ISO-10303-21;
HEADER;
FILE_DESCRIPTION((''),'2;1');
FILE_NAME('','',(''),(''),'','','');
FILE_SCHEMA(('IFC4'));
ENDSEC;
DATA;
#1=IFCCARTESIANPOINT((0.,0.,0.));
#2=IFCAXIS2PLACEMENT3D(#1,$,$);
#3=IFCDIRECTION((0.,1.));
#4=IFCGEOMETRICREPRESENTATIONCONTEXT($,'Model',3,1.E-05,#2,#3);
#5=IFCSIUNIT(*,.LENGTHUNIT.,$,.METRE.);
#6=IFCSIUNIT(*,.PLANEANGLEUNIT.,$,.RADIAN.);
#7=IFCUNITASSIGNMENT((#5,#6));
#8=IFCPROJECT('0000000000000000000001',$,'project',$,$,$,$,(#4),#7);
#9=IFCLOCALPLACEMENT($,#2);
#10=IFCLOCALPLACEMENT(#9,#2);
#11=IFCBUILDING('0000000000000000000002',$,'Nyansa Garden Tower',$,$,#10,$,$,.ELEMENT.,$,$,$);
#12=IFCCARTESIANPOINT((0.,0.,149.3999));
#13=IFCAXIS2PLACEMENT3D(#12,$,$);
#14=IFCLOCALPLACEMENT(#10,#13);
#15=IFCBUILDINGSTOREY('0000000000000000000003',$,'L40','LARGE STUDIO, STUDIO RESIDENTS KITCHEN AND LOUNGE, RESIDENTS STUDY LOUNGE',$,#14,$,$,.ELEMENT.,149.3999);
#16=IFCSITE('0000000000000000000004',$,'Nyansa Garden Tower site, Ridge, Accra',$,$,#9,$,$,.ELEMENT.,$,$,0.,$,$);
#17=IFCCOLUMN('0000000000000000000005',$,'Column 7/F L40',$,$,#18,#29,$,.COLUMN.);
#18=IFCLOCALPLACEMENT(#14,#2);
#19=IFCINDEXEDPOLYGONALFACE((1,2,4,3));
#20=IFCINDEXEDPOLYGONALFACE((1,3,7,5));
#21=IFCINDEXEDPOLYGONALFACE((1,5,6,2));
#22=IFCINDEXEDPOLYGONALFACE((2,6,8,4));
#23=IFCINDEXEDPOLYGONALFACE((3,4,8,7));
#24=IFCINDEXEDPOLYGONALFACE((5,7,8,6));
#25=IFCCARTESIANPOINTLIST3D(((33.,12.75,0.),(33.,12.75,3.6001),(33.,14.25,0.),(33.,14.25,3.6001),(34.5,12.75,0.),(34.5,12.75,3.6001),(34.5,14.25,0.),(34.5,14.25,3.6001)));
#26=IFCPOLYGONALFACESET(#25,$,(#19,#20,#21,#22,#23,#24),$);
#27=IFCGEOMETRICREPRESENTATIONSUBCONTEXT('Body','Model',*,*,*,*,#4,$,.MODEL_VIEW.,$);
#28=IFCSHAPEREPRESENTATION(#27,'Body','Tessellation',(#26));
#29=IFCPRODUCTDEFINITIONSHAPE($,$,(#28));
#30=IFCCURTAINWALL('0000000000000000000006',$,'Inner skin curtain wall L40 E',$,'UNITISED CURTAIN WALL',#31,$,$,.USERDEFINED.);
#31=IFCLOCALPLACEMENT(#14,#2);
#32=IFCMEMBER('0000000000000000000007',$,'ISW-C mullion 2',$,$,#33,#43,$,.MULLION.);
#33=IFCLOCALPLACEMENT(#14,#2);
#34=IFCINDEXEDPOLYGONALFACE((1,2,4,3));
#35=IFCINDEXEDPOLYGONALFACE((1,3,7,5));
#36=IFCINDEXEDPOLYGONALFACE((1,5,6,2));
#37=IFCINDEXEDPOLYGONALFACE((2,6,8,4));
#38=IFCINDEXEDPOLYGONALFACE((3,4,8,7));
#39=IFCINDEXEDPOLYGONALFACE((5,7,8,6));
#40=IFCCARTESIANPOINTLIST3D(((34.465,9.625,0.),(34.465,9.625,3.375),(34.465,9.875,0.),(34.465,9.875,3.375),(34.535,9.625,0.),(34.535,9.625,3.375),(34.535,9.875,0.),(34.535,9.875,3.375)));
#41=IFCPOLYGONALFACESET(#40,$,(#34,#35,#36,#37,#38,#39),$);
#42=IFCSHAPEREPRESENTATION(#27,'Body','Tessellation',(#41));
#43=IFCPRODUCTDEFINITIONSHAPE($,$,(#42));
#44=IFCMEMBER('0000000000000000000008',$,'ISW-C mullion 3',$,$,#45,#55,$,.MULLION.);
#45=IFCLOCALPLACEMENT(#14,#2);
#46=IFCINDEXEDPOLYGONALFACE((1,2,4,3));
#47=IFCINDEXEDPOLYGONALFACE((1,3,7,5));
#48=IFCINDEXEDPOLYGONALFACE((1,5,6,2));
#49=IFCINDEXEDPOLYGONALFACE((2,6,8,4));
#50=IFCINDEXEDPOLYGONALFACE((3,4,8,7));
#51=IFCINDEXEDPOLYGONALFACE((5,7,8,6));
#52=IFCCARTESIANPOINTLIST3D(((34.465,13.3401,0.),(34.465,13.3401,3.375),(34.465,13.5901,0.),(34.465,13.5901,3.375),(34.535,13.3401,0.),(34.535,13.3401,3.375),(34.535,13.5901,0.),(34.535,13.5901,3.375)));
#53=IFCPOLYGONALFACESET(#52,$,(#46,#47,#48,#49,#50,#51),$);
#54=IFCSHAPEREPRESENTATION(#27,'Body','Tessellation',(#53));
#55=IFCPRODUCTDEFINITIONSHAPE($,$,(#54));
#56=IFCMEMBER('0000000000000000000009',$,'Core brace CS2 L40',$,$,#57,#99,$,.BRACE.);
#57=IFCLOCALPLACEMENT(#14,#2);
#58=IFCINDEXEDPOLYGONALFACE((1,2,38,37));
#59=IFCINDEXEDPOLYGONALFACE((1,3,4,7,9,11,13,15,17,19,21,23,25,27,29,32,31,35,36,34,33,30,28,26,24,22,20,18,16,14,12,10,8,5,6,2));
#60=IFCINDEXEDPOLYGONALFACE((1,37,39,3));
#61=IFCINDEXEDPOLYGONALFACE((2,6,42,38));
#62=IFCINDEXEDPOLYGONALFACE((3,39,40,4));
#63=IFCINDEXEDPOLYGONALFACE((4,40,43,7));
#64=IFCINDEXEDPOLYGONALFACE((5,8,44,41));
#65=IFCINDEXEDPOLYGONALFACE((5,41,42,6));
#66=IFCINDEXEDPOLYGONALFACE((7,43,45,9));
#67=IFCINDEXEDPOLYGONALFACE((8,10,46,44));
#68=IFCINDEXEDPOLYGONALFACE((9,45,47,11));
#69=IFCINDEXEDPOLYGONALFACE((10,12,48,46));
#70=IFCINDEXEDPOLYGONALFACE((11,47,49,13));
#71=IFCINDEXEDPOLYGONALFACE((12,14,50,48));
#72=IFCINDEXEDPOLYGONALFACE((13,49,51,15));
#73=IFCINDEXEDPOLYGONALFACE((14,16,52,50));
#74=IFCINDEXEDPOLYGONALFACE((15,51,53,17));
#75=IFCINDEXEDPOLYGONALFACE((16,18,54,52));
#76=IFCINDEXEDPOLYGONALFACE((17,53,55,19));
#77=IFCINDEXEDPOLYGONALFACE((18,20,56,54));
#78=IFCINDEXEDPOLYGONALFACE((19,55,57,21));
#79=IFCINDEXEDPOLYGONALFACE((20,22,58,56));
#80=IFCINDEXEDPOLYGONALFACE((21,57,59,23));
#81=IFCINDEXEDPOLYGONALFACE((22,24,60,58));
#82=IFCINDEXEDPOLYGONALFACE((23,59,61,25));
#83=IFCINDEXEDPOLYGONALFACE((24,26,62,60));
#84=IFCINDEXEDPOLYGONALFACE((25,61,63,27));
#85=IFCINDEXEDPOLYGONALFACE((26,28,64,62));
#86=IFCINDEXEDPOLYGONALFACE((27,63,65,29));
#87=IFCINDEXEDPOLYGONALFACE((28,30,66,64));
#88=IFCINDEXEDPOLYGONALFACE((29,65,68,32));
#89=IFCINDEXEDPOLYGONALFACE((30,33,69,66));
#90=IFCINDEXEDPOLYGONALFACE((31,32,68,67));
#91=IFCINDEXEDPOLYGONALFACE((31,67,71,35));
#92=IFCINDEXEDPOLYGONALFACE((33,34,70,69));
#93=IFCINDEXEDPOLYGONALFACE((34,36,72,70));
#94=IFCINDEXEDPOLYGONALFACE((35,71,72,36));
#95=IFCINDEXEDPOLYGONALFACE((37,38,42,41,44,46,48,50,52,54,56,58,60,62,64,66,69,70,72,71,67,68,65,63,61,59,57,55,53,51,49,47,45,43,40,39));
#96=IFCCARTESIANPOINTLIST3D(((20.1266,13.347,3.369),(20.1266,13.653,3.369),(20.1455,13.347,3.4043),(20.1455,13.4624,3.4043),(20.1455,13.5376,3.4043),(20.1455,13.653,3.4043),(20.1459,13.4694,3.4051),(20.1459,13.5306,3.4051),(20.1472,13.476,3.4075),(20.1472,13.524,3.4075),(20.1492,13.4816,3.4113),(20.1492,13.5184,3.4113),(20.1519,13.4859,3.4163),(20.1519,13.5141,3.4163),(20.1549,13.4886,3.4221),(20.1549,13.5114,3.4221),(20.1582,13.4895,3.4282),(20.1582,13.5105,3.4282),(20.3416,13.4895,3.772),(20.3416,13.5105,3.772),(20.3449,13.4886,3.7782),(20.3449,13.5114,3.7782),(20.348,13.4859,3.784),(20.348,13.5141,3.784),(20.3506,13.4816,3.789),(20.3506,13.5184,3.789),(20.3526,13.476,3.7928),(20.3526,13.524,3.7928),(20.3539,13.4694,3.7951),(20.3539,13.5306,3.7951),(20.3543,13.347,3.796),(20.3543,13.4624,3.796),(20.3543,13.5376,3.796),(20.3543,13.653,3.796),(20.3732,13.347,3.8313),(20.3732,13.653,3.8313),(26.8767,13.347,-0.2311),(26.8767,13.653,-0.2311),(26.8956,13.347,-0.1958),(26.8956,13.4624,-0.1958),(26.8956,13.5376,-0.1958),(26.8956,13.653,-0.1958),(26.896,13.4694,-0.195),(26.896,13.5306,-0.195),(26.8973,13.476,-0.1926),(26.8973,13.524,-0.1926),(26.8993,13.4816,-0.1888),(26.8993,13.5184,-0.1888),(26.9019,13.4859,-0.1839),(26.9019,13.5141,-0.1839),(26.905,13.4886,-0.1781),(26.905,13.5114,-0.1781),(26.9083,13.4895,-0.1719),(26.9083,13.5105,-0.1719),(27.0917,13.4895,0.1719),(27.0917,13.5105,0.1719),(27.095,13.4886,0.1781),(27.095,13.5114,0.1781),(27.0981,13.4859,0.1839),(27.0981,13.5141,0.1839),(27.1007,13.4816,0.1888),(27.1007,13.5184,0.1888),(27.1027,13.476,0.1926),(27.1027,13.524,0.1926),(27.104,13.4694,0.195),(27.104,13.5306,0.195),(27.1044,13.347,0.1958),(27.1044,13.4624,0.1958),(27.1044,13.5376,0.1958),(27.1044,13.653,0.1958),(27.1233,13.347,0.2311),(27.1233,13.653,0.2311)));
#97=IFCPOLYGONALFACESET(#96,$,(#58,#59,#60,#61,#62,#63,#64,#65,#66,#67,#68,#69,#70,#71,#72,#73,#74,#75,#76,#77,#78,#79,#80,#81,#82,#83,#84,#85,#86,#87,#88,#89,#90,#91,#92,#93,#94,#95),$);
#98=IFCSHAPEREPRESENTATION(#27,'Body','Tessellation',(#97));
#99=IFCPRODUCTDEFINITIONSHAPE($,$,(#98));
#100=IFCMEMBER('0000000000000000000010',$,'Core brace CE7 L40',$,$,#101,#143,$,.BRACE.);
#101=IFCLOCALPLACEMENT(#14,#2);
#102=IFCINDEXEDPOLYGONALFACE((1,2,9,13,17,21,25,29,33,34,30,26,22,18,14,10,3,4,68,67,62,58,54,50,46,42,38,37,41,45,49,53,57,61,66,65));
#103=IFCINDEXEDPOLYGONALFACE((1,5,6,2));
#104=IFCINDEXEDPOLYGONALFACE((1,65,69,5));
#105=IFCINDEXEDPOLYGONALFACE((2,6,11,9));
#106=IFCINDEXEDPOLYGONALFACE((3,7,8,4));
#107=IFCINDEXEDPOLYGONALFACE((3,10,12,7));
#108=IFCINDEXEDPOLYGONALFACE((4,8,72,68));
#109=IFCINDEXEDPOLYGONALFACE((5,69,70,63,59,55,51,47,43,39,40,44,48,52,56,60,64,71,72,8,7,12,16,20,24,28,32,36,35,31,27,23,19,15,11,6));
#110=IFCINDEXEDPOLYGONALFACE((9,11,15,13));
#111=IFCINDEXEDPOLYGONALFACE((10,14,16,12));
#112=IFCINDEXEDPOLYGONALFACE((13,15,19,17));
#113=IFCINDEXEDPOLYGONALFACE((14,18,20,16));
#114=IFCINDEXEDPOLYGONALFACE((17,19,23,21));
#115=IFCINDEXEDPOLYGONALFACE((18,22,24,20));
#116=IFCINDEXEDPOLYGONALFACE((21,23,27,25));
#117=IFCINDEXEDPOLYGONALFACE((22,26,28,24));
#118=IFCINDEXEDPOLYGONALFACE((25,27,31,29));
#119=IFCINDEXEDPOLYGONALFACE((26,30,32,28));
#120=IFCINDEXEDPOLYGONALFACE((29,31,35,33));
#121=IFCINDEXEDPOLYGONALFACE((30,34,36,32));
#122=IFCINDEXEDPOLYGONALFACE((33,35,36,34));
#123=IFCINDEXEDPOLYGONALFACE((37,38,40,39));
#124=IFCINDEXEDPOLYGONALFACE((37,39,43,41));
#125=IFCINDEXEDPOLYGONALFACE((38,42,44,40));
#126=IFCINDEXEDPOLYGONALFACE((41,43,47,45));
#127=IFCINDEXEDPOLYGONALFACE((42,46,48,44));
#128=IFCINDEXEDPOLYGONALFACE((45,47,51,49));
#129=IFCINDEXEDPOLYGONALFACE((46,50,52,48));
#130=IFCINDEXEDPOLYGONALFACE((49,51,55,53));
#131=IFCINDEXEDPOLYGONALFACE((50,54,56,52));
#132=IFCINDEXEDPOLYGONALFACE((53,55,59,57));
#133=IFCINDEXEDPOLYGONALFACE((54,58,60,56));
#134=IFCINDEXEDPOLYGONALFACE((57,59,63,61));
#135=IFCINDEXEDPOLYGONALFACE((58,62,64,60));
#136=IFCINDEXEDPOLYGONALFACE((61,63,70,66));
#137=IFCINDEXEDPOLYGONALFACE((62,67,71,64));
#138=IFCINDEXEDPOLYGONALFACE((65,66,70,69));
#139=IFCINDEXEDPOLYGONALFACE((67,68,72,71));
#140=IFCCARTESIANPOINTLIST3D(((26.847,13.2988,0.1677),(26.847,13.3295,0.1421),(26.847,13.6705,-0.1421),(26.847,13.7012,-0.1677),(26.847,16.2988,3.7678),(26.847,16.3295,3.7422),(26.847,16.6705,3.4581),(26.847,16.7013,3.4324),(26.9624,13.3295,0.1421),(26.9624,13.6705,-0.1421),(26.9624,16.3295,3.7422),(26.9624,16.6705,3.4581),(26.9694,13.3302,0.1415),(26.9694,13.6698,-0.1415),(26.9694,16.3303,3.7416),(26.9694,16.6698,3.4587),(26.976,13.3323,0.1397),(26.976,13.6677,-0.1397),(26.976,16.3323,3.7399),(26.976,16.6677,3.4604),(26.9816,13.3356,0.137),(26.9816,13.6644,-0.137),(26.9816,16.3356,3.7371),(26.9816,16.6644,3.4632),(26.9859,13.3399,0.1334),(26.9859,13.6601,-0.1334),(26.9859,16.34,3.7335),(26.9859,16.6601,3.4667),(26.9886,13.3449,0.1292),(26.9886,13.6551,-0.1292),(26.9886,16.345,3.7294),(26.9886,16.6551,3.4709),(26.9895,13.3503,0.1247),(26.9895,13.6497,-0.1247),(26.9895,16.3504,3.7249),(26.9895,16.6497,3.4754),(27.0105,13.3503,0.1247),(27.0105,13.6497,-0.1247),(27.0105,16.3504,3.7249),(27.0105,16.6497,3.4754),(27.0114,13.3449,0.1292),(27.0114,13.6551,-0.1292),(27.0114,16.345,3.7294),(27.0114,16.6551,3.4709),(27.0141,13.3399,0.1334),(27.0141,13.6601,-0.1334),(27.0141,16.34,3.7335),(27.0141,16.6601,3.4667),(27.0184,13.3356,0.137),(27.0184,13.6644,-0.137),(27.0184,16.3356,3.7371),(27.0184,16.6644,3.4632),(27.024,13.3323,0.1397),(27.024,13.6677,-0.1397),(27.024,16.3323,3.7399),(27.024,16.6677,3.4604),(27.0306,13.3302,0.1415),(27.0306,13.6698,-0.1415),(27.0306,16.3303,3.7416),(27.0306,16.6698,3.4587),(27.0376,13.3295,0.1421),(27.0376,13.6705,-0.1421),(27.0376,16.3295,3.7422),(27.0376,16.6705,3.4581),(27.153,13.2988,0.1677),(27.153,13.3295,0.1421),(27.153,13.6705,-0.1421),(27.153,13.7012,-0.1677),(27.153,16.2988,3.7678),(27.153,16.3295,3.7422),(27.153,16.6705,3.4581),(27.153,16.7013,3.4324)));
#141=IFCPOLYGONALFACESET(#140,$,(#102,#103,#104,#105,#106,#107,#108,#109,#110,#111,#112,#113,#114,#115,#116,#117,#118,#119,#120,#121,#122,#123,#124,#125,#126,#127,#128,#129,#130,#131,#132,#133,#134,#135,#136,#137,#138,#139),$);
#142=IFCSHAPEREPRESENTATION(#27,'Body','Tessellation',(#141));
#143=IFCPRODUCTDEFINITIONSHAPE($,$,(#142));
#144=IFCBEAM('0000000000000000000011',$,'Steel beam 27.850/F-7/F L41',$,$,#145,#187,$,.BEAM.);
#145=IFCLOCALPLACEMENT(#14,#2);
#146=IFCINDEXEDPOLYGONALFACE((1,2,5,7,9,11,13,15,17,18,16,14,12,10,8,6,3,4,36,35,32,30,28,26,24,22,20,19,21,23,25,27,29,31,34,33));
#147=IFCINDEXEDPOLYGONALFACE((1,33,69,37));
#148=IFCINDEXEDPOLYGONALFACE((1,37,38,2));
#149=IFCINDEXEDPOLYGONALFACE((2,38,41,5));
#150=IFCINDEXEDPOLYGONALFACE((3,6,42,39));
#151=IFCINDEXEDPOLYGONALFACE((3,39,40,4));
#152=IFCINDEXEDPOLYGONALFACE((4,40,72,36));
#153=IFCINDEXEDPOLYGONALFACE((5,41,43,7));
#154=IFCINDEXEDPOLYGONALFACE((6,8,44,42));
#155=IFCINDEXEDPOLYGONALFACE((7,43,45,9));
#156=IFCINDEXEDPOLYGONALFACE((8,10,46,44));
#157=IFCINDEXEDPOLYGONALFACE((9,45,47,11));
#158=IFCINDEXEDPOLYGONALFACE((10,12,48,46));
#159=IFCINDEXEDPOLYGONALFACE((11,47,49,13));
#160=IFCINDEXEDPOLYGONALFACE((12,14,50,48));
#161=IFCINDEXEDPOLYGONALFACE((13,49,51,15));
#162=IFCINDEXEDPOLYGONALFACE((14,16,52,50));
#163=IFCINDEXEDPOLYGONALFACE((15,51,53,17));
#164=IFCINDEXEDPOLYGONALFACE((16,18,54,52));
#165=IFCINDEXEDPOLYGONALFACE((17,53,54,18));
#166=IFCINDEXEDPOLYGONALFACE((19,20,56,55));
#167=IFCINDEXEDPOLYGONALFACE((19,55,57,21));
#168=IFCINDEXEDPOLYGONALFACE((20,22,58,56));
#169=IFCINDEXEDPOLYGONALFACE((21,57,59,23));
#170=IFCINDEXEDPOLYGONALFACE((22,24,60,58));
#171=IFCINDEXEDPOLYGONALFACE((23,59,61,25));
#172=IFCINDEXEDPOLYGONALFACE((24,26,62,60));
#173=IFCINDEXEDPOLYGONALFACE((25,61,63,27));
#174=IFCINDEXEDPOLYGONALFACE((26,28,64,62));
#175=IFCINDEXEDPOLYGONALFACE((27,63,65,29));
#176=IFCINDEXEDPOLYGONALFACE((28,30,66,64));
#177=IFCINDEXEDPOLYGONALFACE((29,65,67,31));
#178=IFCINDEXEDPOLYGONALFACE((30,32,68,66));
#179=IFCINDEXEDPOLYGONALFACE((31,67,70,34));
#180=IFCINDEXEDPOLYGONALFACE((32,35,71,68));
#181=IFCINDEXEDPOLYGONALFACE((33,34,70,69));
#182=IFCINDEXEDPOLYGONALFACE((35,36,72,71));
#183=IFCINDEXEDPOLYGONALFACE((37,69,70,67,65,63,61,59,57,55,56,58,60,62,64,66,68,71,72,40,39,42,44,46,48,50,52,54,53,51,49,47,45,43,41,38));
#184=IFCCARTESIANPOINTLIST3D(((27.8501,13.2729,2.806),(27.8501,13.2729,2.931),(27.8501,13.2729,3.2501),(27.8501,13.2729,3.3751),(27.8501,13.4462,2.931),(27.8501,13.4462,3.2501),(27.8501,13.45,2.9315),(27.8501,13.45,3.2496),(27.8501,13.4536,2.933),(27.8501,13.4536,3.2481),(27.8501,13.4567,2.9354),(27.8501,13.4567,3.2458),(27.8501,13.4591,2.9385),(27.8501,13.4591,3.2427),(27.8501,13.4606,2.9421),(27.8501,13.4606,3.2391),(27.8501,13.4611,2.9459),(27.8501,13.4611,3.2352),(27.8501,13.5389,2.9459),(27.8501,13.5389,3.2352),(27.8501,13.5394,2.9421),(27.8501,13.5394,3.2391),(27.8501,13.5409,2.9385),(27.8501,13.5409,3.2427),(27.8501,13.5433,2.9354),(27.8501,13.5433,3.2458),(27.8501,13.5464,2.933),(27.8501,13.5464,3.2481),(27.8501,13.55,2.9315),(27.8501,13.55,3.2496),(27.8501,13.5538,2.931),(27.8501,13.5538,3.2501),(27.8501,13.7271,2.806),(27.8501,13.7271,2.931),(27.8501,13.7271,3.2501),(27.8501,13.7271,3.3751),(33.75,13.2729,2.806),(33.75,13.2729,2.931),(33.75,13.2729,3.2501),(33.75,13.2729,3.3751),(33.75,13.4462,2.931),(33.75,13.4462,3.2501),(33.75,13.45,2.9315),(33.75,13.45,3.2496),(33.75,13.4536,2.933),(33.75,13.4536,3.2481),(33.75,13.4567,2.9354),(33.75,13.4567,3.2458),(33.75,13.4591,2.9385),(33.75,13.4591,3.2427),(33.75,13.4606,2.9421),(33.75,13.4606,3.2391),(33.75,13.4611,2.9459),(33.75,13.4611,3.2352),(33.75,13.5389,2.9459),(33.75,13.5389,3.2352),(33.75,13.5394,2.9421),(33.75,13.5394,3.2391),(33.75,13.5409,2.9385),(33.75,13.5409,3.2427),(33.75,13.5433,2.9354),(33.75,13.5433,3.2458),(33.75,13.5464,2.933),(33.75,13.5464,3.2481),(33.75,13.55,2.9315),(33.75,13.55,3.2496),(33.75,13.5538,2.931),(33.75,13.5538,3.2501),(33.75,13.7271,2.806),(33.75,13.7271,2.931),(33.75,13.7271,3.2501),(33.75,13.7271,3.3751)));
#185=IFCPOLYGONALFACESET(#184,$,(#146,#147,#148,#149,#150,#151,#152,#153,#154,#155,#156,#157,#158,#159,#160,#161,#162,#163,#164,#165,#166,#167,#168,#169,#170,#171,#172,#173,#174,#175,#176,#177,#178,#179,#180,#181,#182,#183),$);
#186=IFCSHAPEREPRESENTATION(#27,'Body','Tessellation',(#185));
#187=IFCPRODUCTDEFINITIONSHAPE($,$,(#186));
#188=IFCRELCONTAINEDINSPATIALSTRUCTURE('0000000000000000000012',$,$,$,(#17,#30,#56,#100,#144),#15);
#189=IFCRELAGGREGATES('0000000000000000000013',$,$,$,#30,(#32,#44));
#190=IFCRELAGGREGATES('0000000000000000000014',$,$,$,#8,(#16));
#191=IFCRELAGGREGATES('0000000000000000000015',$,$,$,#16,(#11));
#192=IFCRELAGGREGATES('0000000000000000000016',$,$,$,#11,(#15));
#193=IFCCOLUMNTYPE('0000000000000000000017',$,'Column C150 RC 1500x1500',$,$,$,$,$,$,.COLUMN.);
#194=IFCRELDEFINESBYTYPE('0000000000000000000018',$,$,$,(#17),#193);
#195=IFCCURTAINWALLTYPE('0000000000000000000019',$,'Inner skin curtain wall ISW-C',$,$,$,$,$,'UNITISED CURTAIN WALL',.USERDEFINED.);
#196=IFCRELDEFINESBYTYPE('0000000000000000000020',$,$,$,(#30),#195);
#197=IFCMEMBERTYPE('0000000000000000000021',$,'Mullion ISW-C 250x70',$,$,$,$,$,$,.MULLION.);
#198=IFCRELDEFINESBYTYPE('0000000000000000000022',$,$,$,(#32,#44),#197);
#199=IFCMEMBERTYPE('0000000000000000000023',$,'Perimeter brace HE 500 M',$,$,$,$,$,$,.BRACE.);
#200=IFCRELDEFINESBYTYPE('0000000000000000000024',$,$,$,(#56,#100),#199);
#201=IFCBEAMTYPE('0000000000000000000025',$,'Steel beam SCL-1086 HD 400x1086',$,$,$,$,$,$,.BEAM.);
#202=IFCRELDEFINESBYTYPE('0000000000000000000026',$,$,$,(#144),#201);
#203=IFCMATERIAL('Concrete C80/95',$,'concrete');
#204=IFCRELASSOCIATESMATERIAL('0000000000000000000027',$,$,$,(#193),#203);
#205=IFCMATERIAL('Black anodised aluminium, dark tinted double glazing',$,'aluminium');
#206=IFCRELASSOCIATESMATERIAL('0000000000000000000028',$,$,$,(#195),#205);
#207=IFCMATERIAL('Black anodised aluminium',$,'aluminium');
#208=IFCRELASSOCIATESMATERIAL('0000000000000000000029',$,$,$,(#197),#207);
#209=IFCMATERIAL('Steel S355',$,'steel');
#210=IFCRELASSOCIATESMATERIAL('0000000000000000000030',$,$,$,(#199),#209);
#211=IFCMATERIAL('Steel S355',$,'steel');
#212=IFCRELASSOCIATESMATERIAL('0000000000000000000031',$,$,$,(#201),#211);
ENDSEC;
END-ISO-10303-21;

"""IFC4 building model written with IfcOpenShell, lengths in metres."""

from ifc_helpers import new_model, si_unit, direction, frame, origin, origin_2d, place, context, subcontext, project, spatial, rectangle, i_section, extrude, material, material_profile, profile_set, type_object, element, aggregate, save


model = new_model("IFC4")

# Units and contexts
model_context = context("Model", 3, precision=1e-05, world=origin(), true_north=direction((0.0, 1.0)))
body_context = subcontext(model_context, "Body", "Model", "MODEL_VIEW")
ifc_project = project(units=[si_unit("LENGTHUNIT", "METRE"), si_unit("PLANEANGLEUNIT", "RADIAN")], contexts=[model_context])

# Site, building, storey
site_placement = place(None, origin())
site = spatial("IfcSite", under=ifc_project, at=site_placement, Name="Nyansa Garden Tower site, Ridge, Accra", CompositionType="ELEMENT", RefElevation=0.0)
building_placement = place(site_placement, origin())
building = spatial("IfcBuilding", under=site, at=building_placement, Name="Nyansa Garden Tower", CompositionType="ELEMENT")
storey_placement = place(building_placement, frame((0.0, 0.0, 149.3999)))
storey = spatial("IfcBuildingStorey", under=building, at=storey_placement, Name="L40", Description="LARGE STUDIO, STUDIO RESIDENTS KITCHEN AND LOUNGE, RESIDENTS STUDY LOUNGE", CompositionType="ELEMENT", Elevation=149.3999)

# Column
ifc_material_1 = material(Name="Concrete C80/95", Category="concrete")
ifc_material_profile_1 = material_profile(ifc_material_1, rectangle(XDim=1.5, YDim=1.5, at=origin_2d()), Name="RC 1500x1500")
ifc_profile_set_1 = profile_set([ifc_material_profile_1], Name="Concrete C80/95")
column_type = type_object("IfcColumnType", Name="Column C150 RC 1500x1500", PredefinedType="COLUMN", material=ifc_profile_set_1)
column_placement = place(storey_placement, frame((33.75, 13.5, 0.0), z_axis=(0.0, 0.0, 1.0), x_axis=(1.0, 0.0, 0.0)))
element("IfcColumn", 1, at=column_placement, inside=storey, type_object=column_type, Name="Column 7/F L40", PredefinedType="COLUMN", context=body_context, shape_type="SweptSolid", body=[
    extrude(rectangle(XDim=1.5, YDim=1.5, at=origin_2d()), origin(), (0.0, 0.0, 1.0), 3.6001),
])

# Curtain wall, members
ifc_material_2 = material(Name="Black anodised aluminium, dark tinted double glazing", Category="aluminium")
curtain_wall_type = type_object("IfcCurtainWallType", Name="Inner skin curtain wall ISW-C", ElementType="UNITISED CURTAIN WALL", PredefinedType="USERDEFINED", material=ifc_material_2)
curtain_wall_placement = place(storey_placement, origin())
curtain_wall = element("IfcCurtainWall", 2, at=curtain_wall_placement, inside=storey, type_object=curtain_wall_type, Name="Inner skin curtain wall L40 E", ObjectType="UNITISED CURTAIN WALL", PredefinedType="USERDEFINED")
ifc_material_3 = material(Name="Black anodised aluminium", Category="aluminium")
ifc_material_profile_2 = material_profile(ifc_material_3, rectangle(XDim=0.0701, YDim=0.25, at=origin_2d()), Name="Mullion 250x70")
ifc_profile_set_2 = profile_set([ifc_material_profile_2], Name="Black anodised aluminium")
member_type_1 = type_object("IfcMemberType", Name="Mullion ISW-C 250x70", PredefinedType="MULLION", material=ifc_profile_set_2)
member_1_placement = place(storey_placement, frame((34.5, 9.75, 0.0), z_axis=(0.0, 0.0, 1.0), x_axis=(-1.0, 0.0, 0.0)))
member_1 = element("IfcMember", 3, at=member_1_placement, type_object=member_type_1, Name="ISW-C mullion 2", PredefinedType="MULLION", context=body_context, shape_type="SweptSolid", body=[
    extrude(rectangle(XDim=0.0701, YDim=0.25, at=origin_2d()), origin(), (0.0, 0.0, 1.0), 3.375),
])
member_2_placement = place(storey_placement, frame((34.5, 13.4651, 0.0), z_axis=(0.0, 0.0, 1.0), x_axis=(-1.0, 0.0, 0.0)))
member_2 = element("IfcMember", 4, at=member_2_placement, type_object=member_type_1, Name="ISW-C mullion 3", PredefinedType="MULLION", context=body_context, shape_type="SweptSolid", body=[
    extrude(rectangle(XDim=0.0701, YDim=0.25, at=origin_2d()), origin(), (0.0, 0.0, 1.0), 3.375),
])

# Members
ifc_material_4 = material(Name="Steel S355", Category="steel")
ifc_material_profile_3 = material_profile(ifc_material_4, i_section(OverallWidth=0.3059, OverallDepth=0.5239, WebThickness=0.021, FlangeThickness=0.04, FilletRadius=0.0271, at=origin_2d()), Name="HE 500 M")
ifc_profile_set_3 = profile_set([ifc_material_profile_3], Name="Steel S355")
member_type_2 = type_object("IfcMemberType", Name="Perimeter brace HE 500 M", PredefinedType="BRACE", material=ifc_profile_set_3)
member_3_placement = place(storey_placement, frame((27.0, 13.5, 0.0), z_axis=(-0.882348, 0.0, 0.470598), x_axis=(0.0, -1.0, 0.0)))
element("IfcMember", 5, at=member_3_placement, inside=storey, type_object=member_type_2, Name="Core brace CS2 L40", PredefinedType="BRACE", context=body_context, shape_type="SweptSolid", body=[
    extrude(i_section(OverallWidth=0.3059, OverallDepth=0.5239, WebThickness=0.021, FlangeThickness=0.04, FilletRadius=0.0271, at=origin_2d()), origin(), (0.0, 0.0, 1.0), 7.6501),
])
member_4_placement = place(storey_placement, frame((27.0, 13.5, 0.0), z_axis=(0.0, 0.640174, 0.76823), x_axis=(-1.0, 0.0, 0.0)))
element("IfcMember", 6, at=member_4_placement, inside=storey, type_object=member_type_2, Name="Core brace CE7 L40", PredefinedType="BRACE", context=body_context, shape_type="SweptSolid", body=[
    extrude(i_section(OverallWidth=0.3059, OverallDepth=0.5239, WebThickness=0.021, FlangeThickness=0.04, FilletRadius=0.0271, at=origin_2d()), origin(), (0.0, 0.0, 1.0), 4.6863),
])

# Beam
ifc_material_5 = material(Name="Steel S355", Category="steel")
ifc_material_profile_4 = material_profile(ifc_material_5, i_section(OverallWidth=0.4541, OverallDepth=0.5691, WebThickness=0.0779, FlangeThickness=0.125, FilletRadius=0.0149, at=origin_2d()), Name="HD 400x1086")
ifc_profile_set_4 = profile_set([ifc_material_profile_4], Name="Steel S355")
beam_type_1 = type_object("IfcBeamType", Name="Steel beam SCL-1086 HD 400x1086", PredefinedType="BEAM", material=ifc_profile_set_4)
beam_1_placement = place(storey_placement, frame((27.8501, 13.5, 3.0906), z_axis=(1.0, 0.0, 0.0), x_axis=(0.0, 1.0, 0.0)))
element("IfcBeam", 7, at=beam_1_placement, inside=storey, type_object=beam_type_1, Name="Steel beam 27.850/F-7/F L41", PredefinedType="BEAM", context=body_context, shape_type="SweptSolid", body=[
    extrude(i_section(OverallWidth=0.4541, OverallDepth=0.5691, WebThickness=0.0779, FlangeThickness=0.125, FilletRadius=0.0149, at=origin_2d()), origin(), (0.0, 0.0, 1.0), 5.8999),
])

aggregate(curtain_wall, [member_1, member_2])

save(model, "model.ifc")
